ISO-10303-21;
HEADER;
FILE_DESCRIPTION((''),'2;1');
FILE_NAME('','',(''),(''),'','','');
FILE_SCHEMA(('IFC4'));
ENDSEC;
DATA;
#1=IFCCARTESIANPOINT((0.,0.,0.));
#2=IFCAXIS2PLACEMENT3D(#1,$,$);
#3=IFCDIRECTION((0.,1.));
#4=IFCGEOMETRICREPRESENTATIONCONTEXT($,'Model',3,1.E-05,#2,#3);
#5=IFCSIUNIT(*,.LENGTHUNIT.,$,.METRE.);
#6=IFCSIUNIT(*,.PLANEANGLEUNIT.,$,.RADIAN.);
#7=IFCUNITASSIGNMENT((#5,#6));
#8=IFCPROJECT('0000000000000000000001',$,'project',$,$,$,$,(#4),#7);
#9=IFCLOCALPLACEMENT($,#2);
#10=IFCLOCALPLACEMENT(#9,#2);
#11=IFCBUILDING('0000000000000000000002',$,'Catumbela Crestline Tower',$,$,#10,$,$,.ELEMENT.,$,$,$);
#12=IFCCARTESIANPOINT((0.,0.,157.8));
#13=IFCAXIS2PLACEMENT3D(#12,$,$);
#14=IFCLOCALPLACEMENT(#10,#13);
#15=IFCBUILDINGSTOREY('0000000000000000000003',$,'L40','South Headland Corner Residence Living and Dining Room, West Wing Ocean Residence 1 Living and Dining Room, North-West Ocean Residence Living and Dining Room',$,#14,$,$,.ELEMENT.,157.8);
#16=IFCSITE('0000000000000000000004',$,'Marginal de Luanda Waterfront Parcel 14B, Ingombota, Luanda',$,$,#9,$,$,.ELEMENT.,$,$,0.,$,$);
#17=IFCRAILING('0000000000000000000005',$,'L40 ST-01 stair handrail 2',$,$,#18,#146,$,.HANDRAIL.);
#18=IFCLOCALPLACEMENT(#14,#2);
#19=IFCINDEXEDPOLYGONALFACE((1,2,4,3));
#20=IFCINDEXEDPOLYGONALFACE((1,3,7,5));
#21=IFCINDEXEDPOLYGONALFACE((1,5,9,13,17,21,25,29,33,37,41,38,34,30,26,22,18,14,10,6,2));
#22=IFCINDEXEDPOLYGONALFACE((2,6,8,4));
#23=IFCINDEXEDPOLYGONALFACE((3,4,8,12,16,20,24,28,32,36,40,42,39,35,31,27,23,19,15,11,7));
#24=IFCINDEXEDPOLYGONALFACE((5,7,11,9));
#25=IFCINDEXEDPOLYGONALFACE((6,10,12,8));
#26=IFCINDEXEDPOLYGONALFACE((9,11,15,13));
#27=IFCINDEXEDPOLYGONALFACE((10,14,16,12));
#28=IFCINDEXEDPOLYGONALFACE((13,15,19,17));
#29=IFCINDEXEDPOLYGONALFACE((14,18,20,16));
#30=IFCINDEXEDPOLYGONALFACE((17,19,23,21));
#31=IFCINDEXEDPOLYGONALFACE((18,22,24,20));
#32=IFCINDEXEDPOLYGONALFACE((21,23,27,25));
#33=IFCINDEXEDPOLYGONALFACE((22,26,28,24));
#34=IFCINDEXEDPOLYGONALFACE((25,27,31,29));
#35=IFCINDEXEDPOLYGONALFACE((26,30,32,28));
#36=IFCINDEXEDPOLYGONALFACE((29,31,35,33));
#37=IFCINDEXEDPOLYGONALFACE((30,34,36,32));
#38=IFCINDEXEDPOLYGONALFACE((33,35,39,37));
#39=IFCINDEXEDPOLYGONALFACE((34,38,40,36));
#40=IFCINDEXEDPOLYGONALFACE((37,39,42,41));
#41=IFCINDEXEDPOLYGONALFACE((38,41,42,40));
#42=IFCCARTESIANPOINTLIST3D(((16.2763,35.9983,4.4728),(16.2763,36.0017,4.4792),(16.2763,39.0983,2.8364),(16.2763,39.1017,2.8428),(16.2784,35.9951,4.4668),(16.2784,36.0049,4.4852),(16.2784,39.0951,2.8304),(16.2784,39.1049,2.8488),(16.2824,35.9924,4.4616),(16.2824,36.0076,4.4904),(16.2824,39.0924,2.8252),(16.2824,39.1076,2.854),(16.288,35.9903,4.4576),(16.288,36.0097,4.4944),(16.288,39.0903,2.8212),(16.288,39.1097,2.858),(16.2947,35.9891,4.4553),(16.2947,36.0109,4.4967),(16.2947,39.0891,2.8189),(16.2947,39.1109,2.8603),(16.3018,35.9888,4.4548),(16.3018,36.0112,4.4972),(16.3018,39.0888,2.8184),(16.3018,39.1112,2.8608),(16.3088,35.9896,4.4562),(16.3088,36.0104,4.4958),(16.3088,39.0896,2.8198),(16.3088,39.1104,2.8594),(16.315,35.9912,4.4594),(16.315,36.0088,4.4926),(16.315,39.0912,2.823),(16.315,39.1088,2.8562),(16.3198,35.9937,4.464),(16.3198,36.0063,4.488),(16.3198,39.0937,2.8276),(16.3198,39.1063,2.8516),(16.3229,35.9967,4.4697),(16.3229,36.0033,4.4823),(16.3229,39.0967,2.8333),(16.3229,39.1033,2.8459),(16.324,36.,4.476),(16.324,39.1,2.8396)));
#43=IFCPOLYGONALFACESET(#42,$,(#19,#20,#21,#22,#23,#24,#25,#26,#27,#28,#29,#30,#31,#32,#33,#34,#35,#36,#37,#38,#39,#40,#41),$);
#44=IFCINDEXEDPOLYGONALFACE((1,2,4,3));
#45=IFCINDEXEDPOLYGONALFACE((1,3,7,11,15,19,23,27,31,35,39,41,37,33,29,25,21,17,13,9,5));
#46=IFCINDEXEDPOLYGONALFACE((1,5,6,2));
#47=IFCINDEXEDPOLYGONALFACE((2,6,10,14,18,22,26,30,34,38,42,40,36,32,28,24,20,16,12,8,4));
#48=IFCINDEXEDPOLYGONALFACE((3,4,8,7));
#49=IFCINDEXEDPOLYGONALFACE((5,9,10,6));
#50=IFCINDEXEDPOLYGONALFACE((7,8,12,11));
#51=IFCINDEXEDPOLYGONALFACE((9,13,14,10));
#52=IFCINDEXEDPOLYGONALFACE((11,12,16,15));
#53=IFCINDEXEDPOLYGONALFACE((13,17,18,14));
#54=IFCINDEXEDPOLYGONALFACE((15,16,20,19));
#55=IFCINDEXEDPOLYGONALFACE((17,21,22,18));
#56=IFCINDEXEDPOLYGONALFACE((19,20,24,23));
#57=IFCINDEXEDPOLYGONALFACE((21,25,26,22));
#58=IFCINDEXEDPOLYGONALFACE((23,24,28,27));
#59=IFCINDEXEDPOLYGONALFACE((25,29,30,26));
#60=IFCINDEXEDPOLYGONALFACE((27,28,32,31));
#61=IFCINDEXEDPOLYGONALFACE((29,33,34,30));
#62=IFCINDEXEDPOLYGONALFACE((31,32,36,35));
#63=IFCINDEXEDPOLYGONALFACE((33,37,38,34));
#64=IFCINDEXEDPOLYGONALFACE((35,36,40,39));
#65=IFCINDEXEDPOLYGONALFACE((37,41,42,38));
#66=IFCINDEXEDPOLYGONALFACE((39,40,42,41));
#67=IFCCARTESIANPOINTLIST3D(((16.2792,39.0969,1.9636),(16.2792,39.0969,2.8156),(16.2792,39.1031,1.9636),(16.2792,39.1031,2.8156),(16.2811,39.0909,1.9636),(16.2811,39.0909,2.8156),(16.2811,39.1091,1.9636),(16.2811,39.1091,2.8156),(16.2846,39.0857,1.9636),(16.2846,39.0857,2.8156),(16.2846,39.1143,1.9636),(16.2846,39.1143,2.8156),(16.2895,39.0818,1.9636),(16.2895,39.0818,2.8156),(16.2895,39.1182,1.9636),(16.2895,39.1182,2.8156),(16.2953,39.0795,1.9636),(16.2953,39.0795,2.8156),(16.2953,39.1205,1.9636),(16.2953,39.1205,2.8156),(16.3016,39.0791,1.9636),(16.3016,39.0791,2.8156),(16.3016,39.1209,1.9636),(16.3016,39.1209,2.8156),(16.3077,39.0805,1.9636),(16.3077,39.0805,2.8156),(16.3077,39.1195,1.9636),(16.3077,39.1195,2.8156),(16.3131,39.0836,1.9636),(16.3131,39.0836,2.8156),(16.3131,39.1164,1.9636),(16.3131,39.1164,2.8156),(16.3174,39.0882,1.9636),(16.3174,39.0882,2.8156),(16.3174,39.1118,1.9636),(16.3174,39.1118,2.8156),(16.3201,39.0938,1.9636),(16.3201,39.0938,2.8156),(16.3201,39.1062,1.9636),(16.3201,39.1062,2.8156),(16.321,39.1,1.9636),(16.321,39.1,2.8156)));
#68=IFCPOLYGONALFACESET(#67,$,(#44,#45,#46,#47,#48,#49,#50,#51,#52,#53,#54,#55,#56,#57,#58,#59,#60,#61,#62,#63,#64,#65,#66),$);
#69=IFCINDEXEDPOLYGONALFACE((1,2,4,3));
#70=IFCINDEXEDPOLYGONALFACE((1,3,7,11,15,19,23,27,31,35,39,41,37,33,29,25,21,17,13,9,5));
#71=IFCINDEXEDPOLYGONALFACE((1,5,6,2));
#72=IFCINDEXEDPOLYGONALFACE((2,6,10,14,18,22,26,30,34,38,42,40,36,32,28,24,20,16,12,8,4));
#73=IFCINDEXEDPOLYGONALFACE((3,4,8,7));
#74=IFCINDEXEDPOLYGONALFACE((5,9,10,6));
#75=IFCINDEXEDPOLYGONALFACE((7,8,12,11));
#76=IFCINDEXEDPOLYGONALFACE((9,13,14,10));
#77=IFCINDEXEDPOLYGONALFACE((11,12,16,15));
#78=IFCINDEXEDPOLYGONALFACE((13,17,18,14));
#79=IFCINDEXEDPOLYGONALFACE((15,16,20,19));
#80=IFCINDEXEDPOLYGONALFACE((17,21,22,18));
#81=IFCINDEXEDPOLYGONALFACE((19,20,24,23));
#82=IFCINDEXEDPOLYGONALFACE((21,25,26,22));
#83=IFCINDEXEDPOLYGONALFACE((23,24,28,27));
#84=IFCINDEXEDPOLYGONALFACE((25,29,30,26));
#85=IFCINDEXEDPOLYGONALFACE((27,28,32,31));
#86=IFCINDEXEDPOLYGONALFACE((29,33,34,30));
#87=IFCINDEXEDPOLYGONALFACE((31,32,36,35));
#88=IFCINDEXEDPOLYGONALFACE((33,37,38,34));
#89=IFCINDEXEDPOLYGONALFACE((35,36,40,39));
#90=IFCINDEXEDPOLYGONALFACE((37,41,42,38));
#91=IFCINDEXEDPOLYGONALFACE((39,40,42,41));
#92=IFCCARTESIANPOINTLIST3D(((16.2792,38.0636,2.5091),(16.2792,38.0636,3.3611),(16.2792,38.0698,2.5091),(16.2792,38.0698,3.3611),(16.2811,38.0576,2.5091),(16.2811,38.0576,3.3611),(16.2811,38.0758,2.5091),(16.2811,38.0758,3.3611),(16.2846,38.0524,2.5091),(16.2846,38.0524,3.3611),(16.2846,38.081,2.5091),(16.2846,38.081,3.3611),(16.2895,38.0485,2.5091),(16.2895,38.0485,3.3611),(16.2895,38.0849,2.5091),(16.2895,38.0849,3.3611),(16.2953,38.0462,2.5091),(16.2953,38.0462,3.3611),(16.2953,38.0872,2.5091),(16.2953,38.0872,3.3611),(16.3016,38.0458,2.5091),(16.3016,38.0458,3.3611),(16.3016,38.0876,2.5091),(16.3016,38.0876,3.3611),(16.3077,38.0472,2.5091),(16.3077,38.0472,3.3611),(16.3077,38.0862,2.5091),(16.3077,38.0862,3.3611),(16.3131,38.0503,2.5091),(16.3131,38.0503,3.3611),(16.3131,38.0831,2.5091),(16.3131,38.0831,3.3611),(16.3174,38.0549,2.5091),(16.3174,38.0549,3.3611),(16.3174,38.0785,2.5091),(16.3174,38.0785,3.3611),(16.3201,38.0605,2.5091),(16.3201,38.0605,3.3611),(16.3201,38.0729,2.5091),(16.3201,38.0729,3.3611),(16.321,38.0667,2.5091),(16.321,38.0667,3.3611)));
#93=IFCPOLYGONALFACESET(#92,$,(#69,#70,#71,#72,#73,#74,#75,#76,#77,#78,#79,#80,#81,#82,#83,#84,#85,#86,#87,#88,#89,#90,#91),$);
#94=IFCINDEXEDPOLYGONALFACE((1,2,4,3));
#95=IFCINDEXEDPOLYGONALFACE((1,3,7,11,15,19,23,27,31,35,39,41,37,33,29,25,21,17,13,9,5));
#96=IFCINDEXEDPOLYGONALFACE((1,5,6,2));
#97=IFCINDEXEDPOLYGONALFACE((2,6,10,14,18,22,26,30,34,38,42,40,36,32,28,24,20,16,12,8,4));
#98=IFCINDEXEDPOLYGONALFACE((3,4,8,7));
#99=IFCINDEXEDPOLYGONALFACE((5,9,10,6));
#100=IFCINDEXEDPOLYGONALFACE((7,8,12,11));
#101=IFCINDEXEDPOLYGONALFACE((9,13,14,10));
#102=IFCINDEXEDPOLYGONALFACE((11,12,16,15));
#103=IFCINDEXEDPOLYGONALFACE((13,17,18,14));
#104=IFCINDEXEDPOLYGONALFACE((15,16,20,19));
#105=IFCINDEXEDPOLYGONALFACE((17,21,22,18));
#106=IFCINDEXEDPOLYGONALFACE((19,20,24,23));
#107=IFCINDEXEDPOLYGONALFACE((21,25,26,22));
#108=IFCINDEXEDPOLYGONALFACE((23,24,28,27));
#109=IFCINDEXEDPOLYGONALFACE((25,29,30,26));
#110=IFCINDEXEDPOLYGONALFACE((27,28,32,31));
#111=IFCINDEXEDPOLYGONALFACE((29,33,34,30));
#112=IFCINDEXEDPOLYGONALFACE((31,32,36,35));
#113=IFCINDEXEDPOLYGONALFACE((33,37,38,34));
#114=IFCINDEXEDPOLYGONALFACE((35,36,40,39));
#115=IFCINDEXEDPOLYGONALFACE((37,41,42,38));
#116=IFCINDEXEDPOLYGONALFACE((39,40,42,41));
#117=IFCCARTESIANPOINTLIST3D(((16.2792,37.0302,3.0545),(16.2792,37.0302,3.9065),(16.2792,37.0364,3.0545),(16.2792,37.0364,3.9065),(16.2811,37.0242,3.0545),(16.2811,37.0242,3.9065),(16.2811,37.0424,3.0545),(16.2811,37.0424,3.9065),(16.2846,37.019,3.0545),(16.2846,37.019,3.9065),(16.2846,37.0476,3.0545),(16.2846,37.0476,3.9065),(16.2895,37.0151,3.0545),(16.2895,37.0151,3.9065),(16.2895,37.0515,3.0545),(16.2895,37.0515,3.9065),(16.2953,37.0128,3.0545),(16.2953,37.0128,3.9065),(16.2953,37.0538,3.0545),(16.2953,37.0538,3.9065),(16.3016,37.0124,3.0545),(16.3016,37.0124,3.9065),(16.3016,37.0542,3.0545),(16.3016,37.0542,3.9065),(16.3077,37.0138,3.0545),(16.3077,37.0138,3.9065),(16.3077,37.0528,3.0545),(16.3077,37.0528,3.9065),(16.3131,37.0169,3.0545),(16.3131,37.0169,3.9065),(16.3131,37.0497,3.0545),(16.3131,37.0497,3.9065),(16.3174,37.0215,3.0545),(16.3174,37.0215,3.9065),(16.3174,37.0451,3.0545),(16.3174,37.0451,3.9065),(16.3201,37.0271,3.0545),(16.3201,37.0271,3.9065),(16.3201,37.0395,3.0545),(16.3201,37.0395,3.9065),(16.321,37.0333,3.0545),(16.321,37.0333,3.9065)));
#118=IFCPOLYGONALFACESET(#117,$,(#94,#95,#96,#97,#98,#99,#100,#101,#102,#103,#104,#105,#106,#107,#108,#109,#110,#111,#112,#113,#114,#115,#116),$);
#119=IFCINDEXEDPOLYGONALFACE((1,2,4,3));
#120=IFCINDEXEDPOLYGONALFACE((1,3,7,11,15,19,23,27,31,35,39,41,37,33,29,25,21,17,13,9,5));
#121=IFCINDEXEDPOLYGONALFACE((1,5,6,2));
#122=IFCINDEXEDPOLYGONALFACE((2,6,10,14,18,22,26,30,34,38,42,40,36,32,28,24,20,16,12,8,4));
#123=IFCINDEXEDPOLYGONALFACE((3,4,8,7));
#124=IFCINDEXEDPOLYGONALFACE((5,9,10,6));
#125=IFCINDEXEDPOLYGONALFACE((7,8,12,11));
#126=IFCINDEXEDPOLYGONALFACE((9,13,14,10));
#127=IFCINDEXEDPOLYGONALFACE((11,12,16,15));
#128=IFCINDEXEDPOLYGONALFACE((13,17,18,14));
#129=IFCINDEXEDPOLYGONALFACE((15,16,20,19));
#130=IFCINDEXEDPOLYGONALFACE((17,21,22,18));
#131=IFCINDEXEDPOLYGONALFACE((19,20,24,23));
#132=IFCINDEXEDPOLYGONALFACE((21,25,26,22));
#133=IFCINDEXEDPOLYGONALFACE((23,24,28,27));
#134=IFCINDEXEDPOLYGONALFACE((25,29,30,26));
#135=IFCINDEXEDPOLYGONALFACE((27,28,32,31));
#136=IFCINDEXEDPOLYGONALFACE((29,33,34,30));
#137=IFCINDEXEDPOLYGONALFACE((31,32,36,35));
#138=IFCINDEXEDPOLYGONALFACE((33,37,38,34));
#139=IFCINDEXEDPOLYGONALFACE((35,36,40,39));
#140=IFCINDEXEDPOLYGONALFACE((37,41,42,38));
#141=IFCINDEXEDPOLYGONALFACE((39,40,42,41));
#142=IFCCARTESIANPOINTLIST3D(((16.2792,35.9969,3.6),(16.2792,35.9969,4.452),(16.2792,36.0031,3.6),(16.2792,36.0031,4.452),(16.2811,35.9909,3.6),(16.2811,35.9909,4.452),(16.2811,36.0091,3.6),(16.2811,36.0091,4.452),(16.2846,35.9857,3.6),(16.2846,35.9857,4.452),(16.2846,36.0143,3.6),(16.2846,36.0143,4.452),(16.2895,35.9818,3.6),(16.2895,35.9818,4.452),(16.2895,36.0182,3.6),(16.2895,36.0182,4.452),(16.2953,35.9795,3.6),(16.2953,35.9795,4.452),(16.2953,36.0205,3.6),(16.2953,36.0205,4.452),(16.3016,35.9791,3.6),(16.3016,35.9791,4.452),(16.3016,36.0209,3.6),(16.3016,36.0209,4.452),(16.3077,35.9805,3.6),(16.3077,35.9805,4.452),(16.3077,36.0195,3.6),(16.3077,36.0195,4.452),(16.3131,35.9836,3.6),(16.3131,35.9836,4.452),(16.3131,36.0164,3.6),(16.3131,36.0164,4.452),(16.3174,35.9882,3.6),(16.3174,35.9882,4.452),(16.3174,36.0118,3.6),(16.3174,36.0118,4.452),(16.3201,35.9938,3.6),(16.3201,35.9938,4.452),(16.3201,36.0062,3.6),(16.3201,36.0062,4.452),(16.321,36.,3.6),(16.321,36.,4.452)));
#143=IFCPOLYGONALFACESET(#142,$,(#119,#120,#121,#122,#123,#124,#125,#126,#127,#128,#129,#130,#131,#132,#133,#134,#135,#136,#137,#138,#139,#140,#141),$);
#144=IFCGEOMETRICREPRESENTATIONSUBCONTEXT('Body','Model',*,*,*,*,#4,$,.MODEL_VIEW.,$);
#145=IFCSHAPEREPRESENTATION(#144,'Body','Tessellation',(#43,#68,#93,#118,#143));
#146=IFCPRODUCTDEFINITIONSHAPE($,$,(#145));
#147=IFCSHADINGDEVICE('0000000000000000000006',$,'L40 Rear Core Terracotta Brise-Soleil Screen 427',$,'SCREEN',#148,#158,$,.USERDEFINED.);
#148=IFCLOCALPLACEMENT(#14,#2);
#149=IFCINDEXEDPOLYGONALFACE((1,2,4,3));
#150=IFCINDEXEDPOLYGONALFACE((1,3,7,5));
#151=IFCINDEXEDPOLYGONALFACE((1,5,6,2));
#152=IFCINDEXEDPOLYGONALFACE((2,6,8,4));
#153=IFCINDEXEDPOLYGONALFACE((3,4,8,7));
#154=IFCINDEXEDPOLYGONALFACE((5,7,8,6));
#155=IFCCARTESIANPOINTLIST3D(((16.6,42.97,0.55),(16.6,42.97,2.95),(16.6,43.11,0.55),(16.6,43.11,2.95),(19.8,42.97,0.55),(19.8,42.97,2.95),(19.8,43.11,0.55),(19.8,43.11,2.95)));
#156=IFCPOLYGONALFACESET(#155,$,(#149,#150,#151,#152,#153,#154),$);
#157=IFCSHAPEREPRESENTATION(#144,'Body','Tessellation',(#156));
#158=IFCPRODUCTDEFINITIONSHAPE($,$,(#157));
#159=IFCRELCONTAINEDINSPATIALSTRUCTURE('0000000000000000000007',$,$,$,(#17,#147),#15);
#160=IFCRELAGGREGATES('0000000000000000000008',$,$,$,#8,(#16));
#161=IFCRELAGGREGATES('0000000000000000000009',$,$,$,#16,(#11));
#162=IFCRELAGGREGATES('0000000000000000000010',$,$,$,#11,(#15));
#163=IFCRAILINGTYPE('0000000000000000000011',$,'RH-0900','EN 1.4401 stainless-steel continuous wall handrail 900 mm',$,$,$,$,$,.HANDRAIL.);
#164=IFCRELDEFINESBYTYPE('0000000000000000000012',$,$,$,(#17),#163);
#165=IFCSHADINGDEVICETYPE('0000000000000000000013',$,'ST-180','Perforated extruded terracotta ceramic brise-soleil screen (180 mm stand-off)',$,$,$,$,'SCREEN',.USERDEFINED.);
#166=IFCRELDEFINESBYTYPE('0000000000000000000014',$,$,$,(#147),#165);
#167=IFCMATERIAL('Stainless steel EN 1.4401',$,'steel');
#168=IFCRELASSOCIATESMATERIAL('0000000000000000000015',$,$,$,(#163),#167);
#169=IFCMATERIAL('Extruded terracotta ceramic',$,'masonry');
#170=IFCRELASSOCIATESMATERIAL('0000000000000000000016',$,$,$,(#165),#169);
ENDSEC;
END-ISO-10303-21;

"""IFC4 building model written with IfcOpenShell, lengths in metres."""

from ifc_helpers import new_model, si_unit, direction, frame, origin, origin_2d, place, context, subcontext, project, spatial, rectangle, circle, extrude, material, type_object, element, save


model = new_model("IFC4")

# Units and contexts
model_context = context("Model", 3, precision=1e-05, world=origin(), true_north=direction((0.0, 1.0)))
body_context = subcontext(model_context, "Body", "Model", "MODEL_VIEW")
ifc_project = project(units=[si_unit("LENGTHUNIT", "METRE"), si_unit("PLANEANGLEUNIT", "RADIAN")], contexts=[model_context])

# Site, building, storey
site_placement = place(None, origin())
site = spatial("IfcSite", under=ifc_project, at=site_placement, Name="Marginal de Luanda Waterfront Parcel 14B, Ingombota, Luanda", CompositionType="ELEMENT", RefElevation=0.0)
building_placement = place(site_placement, origin())
building = spatial("IfcBuilding", under=site, at=building_placement, Name="Catumbela Crestline Tower", CompositionType="ELEMENT")
storey_placement = place(building_placement, frame((0.0, 0.0, 157.8)))
storey = spatial("IfcBuildingStorey", under=building, at=storey_placement, Name="L40", Description="South Headland Corner Residence Living and Dining Room, West Wing Ocean Residence 1 Living and Dining Room, North-West Ocean Residence Living and Dining Room", CompositionType="ELEMENT", Elevation=157.8)

# Shared definitions
ifc_material_1 = material(Name="Stainless steel EN 1.4401", Category="steel")

# Railing
railing_type_1 = type_object("IfcRailingType", Name="RH-0900", Description="EN 1.4401 stainless-steel continuous wall handrail 900 mm", PredefinedType="HANDRAIL", material=ifc_material_1)
railing_1_placement = place(storey_placement, frame((16.3, 39.1, 1.9636)))
element("IfcRailing", 1, at=railing_1_placement, inside=storey, type_object=railing_type_1, Name="L40 ST-01 stair handrail 2", PredefinedType="HANDRAIL", context=body_context, shape_type="SweptSolid", body=[
    extrude(circle(Radius=0.024, at=origin_2d()), frame((0.0, 0.0, 0.876), z_axis=(0.0, -0.884351, 0.466823), x_axis=(1.0, 0.0, 0.0)), (0.0, 0.0, 1.0), 3.5054),
    extrude(circle(Radius=0.021, at=origin_2d()), origin(), (0.0, 0.0, 1.0), 0.852),
    extrude(circle(Radius=0.021, at=origin_2d()), frame((0.0, -1.0333, 0.5455)), (0.0, 0.0, 1.0), 0.852),
    extrude(circle(Radius=0.021, at=origin_2d()), frame((0.0, -2.0667, 1.0909)), (0.0, 0.0, 1.0), 0.852),
    extrude(circle(Radius=0.021, at=origin_2d()), frame((0.0, -3.1, 1.6364)), (0.0, 0.0, 1.0), 0.852),
])

# Shading device
ifc_material_2 = material(Name="Extruded terracotta ceramic", Category="masonry")
shading_device_type = type_object("IfcShadingDeviceType", Name="ST-180", Description="Perforated extruded terracotta ceramic brise-soleil screen (180 mm stand-off)", ElementType="SCREEN", PredefinedType="USERDEFINED", material=ifc_material_2)
shading_device_placement = place(storey_placement, frame((18.2, 43.04, 0.55), z_axis=(0.0, 0.0, 1.0), x_axis=(1.0, 0.0, 0.0)))
element("IfcShadingDevice", 2, at=shading_device_placement, inside=storey, type_object=shading_device_type, Name="L40 Rear Core Terracotta Brise-Soleil Screen 427", ObjectType="SCREEN", PredefinedType="USERDEFINED", context=body_context, shape_type="SweptSolid", body=[
    extrude(rectangle(XDim=3.2, YDim=0.14, at=origin_2d()), origin(), (0.0, 0.0, 1.0), 2.4),
])

save(model, "model.ifc")
